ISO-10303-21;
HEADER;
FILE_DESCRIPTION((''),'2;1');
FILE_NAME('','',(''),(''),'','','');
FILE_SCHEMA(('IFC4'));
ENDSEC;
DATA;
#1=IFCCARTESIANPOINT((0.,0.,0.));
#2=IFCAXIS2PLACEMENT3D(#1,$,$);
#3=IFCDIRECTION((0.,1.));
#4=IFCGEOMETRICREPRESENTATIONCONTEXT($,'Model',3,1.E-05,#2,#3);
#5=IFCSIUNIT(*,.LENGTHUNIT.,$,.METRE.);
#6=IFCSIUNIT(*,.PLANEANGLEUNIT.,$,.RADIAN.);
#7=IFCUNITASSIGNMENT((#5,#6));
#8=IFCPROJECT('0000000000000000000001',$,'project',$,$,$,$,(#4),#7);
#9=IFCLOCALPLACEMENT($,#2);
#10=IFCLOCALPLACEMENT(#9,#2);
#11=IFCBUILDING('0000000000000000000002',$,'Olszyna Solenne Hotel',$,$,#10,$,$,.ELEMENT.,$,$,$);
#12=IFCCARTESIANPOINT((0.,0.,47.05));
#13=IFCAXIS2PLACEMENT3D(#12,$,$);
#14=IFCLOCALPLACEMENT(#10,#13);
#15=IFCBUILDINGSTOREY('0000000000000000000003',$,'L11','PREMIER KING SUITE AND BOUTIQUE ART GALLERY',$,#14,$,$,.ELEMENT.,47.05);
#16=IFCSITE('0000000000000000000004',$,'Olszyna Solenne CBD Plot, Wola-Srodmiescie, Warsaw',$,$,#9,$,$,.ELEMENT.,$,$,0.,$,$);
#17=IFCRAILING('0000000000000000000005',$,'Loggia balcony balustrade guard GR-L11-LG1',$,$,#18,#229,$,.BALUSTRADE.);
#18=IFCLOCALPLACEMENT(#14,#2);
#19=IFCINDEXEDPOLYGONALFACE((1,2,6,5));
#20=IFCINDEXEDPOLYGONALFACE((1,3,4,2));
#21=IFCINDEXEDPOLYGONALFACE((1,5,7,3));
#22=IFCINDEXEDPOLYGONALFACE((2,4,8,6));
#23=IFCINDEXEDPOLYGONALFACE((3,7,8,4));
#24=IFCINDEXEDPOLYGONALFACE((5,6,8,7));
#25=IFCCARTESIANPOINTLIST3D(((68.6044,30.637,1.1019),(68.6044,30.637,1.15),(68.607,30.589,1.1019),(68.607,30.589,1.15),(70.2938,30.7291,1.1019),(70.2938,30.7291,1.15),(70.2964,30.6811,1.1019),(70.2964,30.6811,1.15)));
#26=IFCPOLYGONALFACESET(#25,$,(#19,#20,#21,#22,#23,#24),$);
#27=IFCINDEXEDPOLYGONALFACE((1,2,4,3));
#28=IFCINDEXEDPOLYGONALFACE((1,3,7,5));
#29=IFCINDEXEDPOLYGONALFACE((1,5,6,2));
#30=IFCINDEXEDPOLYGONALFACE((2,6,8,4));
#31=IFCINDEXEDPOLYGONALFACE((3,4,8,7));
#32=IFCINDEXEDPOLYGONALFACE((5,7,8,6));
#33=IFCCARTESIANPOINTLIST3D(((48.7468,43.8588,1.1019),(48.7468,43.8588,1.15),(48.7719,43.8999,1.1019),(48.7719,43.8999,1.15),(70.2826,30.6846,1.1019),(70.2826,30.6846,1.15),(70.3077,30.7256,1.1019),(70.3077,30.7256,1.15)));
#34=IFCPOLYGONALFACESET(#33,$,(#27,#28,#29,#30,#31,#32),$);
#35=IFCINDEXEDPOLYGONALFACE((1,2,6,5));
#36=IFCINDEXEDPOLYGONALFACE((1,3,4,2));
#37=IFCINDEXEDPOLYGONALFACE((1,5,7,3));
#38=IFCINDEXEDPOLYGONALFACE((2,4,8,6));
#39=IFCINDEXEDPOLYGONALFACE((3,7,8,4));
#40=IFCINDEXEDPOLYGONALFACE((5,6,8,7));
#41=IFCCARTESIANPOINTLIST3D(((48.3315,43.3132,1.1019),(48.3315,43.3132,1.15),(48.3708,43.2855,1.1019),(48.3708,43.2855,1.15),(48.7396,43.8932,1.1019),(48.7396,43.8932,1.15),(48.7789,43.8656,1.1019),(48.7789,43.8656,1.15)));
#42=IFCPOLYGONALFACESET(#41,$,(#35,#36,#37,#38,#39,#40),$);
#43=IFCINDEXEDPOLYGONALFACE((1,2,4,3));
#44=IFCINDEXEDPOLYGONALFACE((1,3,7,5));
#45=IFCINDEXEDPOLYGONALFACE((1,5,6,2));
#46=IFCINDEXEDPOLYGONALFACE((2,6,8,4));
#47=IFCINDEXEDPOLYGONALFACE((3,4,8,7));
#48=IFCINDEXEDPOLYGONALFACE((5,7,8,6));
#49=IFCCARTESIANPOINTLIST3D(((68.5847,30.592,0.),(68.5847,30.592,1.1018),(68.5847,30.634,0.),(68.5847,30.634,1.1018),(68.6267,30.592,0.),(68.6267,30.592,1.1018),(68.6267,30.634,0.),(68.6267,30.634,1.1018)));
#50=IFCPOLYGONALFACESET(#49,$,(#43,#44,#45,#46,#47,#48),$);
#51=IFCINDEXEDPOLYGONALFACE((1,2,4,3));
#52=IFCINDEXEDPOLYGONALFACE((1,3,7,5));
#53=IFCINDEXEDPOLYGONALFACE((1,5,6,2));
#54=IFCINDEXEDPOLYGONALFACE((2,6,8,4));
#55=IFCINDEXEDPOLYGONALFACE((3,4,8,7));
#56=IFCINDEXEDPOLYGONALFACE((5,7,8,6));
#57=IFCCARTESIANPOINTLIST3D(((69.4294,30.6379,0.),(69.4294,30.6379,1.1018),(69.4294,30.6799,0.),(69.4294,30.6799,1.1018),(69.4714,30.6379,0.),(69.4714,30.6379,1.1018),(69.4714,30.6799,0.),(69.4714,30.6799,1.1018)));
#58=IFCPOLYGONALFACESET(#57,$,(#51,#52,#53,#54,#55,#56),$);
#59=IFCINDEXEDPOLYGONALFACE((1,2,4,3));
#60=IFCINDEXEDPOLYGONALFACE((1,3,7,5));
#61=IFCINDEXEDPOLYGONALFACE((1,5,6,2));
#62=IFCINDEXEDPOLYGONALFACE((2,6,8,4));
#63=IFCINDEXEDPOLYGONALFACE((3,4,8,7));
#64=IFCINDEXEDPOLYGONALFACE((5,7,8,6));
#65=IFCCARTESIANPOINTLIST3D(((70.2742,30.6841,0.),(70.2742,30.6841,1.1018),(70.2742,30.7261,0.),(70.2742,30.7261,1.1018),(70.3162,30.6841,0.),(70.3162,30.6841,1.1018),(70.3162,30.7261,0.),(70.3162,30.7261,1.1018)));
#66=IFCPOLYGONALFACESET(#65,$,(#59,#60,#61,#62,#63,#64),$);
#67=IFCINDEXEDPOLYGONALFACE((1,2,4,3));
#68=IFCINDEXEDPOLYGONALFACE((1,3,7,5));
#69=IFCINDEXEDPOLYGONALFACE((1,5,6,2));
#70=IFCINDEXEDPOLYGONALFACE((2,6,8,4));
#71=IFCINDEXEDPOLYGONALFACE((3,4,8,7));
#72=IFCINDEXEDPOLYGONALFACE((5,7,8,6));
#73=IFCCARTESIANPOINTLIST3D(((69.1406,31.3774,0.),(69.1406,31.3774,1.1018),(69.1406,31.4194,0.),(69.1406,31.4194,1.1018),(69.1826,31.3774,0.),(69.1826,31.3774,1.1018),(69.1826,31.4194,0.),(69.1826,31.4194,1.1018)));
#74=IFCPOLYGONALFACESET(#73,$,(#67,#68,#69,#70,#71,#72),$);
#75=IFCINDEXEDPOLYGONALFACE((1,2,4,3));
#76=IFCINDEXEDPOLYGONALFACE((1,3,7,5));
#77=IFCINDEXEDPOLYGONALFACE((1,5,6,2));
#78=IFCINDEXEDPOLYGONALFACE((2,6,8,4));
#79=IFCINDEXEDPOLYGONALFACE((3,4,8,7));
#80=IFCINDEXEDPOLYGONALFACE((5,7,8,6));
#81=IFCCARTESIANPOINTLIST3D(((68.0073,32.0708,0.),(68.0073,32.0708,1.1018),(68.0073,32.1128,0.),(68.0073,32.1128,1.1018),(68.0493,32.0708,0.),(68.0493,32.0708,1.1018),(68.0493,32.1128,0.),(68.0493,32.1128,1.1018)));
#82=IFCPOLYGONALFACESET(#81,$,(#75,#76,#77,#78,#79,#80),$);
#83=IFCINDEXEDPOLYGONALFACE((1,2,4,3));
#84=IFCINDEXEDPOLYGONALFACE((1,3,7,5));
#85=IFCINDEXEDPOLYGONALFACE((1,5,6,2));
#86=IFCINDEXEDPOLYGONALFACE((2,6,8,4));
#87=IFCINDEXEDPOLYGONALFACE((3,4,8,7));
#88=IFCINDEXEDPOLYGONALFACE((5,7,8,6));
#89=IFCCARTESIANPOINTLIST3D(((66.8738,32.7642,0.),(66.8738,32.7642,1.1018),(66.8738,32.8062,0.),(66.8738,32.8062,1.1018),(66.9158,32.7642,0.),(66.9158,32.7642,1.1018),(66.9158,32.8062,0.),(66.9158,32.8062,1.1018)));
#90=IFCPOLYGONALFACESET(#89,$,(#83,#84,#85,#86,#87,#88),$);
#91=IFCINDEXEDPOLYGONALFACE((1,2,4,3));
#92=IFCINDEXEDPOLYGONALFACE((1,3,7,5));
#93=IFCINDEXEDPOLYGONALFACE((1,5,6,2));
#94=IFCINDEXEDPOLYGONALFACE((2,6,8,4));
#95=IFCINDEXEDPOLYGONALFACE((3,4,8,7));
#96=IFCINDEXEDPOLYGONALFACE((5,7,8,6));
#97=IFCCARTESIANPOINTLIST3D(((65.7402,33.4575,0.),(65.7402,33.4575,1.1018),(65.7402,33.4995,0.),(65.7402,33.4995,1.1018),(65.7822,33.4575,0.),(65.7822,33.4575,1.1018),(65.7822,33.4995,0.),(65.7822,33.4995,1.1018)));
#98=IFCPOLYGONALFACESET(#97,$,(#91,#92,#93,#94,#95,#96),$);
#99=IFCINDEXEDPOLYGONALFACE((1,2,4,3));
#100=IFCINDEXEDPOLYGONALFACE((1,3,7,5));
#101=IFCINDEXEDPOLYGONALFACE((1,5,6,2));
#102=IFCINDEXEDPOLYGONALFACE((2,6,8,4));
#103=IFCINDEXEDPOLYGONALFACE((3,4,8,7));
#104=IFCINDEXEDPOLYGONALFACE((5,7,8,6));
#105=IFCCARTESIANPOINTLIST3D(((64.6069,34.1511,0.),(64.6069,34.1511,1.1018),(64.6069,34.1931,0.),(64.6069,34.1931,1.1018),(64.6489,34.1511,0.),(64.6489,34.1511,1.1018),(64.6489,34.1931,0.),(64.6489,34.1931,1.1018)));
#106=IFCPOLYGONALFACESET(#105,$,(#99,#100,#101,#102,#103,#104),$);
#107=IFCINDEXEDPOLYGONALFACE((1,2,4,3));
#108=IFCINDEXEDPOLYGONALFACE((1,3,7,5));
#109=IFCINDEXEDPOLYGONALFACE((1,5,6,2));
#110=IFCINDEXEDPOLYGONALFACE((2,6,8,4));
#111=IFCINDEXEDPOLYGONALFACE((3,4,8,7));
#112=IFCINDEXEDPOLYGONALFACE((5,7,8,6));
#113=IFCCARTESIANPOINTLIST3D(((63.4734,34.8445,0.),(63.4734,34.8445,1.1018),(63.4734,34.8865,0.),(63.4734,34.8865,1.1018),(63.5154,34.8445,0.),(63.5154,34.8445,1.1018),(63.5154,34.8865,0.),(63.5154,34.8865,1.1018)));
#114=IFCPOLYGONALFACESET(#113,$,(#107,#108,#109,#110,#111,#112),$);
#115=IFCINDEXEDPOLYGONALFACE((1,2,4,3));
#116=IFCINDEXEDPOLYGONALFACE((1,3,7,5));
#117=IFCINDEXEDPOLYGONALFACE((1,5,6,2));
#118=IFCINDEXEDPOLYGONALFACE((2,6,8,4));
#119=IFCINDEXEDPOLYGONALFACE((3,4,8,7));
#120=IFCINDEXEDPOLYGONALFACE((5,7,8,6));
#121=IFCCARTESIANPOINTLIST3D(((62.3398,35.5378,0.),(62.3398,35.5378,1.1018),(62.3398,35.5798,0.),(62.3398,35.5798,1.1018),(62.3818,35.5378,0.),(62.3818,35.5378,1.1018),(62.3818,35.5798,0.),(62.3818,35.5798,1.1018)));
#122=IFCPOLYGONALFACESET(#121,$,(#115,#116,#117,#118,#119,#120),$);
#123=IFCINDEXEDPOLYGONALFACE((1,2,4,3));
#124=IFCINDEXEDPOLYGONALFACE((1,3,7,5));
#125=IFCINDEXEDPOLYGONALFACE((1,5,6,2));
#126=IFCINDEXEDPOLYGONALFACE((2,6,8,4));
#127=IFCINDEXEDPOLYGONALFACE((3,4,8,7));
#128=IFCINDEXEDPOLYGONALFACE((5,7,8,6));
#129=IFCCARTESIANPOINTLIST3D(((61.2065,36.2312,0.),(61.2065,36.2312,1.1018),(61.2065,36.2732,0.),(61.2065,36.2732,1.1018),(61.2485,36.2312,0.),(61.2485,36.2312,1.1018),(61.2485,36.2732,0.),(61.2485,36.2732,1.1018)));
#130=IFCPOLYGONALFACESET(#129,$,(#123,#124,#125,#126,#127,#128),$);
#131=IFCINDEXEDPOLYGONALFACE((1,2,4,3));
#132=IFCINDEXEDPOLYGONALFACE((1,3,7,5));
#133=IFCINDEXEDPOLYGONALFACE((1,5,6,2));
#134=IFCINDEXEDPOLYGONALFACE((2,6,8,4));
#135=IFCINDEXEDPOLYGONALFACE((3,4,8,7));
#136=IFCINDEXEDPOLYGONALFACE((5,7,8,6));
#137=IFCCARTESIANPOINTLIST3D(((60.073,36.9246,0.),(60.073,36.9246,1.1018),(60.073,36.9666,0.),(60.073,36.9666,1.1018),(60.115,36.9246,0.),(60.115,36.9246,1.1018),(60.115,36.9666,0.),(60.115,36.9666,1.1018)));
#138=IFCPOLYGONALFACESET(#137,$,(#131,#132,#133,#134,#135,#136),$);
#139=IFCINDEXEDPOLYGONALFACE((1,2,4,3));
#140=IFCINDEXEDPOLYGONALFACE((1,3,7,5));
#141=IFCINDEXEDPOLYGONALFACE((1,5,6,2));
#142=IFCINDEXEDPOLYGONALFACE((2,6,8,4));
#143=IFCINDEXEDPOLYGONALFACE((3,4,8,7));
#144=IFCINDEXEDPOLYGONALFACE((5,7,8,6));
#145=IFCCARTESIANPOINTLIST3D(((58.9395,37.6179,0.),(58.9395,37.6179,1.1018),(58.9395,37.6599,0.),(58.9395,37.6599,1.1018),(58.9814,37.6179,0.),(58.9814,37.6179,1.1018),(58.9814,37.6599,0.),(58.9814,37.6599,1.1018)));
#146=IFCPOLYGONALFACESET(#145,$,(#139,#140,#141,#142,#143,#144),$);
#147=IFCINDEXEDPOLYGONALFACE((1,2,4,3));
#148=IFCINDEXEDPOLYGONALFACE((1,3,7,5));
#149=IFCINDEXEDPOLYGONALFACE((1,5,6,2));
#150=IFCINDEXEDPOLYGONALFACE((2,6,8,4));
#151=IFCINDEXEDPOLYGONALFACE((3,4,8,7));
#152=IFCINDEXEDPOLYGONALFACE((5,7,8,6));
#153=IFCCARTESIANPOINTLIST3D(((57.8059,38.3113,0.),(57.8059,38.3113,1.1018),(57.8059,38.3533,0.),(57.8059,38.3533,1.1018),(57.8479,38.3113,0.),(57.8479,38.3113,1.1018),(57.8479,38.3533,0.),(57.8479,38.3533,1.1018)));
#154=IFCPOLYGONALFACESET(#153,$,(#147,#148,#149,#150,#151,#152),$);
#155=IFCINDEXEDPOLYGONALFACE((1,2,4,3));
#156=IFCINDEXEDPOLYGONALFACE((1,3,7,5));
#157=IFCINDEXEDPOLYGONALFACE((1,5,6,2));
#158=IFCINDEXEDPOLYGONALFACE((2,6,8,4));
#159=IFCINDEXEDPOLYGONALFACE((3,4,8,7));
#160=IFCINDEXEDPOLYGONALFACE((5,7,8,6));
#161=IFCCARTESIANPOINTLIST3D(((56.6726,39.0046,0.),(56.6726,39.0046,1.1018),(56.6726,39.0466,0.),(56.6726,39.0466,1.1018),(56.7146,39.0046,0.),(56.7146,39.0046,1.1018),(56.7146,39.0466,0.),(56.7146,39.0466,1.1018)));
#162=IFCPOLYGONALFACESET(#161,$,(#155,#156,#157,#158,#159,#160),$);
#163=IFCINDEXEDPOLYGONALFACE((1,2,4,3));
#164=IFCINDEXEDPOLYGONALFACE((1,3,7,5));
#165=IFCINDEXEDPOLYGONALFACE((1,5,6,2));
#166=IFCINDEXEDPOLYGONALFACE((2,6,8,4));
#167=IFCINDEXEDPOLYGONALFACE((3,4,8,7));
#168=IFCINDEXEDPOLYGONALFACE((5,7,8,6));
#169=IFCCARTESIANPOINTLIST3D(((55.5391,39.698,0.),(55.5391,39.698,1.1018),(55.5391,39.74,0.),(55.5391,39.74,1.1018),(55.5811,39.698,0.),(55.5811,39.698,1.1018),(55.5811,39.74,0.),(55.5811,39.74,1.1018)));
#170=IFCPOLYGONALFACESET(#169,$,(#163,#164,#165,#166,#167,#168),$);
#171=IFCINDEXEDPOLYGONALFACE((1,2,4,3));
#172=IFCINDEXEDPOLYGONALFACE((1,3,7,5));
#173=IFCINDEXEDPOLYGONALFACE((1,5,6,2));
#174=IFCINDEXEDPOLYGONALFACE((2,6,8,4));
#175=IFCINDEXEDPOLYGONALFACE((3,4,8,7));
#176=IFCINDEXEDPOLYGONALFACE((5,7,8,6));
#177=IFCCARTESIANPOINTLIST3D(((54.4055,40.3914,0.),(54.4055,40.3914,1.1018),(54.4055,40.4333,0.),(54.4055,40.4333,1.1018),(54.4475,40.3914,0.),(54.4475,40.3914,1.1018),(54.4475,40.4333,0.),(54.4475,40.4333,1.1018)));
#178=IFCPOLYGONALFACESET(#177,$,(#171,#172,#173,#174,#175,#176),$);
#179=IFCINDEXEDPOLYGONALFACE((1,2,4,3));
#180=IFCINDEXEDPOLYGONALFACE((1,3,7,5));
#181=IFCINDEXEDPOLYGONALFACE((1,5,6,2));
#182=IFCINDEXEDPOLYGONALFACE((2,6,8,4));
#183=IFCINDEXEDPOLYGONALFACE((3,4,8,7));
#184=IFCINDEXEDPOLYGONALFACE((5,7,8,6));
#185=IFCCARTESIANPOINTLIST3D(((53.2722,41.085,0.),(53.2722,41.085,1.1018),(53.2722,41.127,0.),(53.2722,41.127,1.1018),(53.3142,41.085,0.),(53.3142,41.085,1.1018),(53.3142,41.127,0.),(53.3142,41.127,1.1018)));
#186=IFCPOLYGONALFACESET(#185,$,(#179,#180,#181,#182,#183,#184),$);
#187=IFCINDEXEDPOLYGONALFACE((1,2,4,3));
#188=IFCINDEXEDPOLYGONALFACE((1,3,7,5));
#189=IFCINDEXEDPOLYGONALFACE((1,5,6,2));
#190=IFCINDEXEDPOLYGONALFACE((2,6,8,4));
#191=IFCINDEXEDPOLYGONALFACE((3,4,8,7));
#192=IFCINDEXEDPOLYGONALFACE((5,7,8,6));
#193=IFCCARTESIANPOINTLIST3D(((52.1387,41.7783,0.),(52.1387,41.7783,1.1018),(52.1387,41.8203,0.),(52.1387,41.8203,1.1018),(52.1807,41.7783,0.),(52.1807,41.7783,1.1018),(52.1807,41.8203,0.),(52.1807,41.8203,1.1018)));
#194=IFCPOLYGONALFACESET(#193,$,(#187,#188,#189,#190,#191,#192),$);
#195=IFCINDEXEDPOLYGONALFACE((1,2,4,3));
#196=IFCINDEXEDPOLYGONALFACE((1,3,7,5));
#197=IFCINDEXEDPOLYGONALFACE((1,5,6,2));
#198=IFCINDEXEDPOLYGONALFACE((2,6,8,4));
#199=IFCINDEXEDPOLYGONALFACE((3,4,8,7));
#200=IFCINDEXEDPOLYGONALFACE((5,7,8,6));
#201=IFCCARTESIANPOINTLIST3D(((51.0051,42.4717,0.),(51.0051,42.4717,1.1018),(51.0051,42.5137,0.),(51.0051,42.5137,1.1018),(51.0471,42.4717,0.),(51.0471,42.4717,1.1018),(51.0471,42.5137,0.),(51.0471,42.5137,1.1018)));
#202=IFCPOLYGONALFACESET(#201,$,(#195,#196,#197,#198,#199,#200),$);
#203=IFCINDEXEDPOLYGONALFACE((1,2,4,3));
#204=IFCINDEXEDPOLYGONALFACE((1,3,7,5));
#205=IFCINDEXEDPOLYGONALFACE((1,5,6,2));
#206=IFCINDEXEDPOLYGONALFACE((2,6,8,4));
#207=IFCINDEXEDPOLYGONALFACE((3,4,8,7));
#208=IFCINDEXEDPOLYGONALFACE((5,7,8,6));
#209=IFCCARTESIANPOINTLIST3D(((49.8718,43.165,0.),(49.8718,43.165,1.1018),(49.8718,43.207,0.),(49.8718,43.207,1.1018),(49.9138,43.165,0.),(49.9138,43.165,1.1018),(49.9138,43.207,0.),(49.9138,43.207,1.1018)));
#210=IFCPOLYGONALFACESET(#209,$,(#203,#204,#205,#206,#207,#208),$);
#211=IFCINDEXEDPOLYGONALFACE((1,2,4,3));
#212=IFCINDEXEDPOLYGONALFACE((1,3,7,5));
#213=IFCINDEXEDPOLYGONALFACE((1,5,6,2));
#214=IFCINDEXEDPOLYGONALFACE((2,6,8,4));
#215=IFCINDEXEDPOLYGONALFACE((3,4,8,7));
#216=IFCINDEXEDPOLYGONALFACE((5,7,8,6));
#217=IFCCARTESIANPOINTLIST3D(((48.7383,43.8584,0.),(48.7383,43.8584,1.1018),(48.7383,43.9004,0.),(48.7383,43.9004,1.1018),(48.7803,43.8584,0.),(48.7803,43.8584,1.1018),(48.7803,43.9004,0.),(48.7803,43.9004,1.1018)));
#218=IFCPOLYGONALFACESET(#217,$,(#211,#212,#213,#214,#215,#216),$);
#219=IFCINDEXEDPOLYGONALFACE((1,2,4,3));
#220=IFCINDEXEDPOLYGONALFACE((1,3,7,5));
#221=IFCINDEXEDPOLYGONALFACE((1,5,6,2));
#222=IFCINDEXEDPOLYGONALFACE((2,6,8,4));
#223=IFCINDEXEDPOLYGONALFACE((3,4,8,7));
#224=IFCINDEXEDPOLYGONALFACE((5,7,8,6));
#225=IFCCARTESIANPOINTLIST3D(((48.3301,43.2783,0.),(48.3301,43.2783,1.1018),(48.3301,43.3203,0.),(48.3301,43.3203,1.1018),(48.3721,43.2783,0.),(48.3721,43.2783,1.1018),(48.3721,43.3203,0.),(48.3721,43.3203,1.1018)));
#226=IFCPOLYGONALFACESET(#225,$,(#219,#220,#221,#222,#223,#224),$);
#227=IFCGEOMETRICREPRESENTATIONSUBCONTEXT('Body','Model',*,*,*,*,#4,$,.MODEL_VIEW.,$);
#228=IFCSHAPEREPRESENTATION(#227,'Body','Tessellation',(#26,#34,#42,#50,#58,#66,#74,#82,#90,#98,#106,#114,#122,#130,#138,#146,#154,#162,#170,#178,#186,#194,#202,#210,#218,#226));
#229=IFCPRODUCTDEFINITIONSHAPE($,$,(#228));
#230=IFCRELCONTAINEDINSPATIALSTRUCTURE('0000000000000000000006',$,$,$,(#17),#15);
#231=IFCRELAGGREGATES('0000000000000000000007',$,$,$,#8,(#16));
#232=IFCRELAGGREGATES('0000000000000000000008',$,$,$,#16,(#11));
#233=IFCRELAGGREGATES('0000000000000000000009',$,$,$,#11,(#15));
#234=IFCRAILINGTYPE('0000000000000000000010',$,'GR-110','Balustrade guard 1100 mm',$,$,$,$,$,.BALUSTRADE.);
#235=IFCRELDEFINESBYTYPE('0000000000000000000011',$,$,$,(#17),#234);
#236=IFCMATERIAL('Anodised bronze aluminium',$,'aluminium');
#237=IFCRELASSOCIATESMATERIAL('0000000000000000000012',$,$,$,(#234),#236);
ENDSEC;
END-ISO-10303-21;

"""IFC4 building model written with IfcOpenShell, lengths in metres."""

from ifc_helpers import new_model, si_unit, direction, frame, origin, origin_2d, place, context, subcontext, project, spatial, rectangle, extrude, material, type_object, element, save


model = new_model("IFC4")

# Units and contexts
model_context = context("Model", 3, precision=1e-05, world=origin(), true_north=direction((0.0, 1.0)))
body_context = subcontext(model_context, "Body", "Model", "MODEL_VIEW")
ifc_project = project(units=[si_unit("LENGTHUNIT", "METRE"), si_unit("PLANEANGLEUNIT", "RADIAN")], contexts=[model_context])

# Site, building, storey
site_placement = place(None, origin())
site = spatial("IfcSite", under=ifc_project, at=site_placement, Name="Olszyna Solenne CBD Plot, Wola-Srodmiescie, Warsaw", CompositionType="ELEMENT", RefElevation=0.0)
building_placement = place(site_placement, origin())
building = spatial("IfcBuilding", under=site, at=building_placement, Name="Olszyna Solenne Hotel", CompositionType="ELEMENT")
storey_placement = place(building_placement, frame((0.0, 0.0, 47.05)))
storey = spatial("IfcBuildingStorey", under=building, at=storey_placement, Name="L11", Description="PREMIER KING SUITE AND BOUTIQUE ART GALLERY", CompositionType="ELEMENT", Elevation=47.05)

# Shared definitions
ifc_material_1 = material(Name="Anodised bronze aluminium", Category="aluminium")

# Railing
railing_type = type_object("IfcRailingType", Name="GR-110", Description="Balustrade guard 1100 mm", PredefinedType="BALUSTRADE", material=ifc_material_1)
railing_placement = place(storey_placement, frame((68.6057, 30.613, 0.0)))
element("IfcRailing", 1, at=railing_placement, inside=storey, type_object=railing_type, Name="Loggia balcony balustrade guard GR-L11-LG1", PredefinedType="BALUSTRADE", context=body_context, shape_type="SweptSolid", body=[
    extrude(rectangle(XDim=0.0481, YDim=0.0481, at=origin_2d()), frame((0.0, 0.0, 1.126), z_axis=(0.998519, 0.054399, 0.0), x_axis=(-0.054399, 0.998519, 0.0)), (0.0, 0.0, 1.0), 1.6919),
    extrude(rectangle(XDim=0.0481, YDim=0.0481, at=origin_2d()), frame((1.6895, 0.092, 1.126), z_axis=(-0.853044, 0.521839, 0.0), x_axis=(-0.521839, -0.853044, 0.0)), (0.0, 0.0, 1.0), 25.2458),
    extrude(rectangle(XDim=0.0481, YDim=0.0481, at=origin_2d()), frame((-19.8464, 13.2664, 1.126), z_axis=(-0.575493, -0.817806, 0.0), x_axis=(0.817806, -0.575493, 0.0)), (0.0, 0.0, 1.0), 0.7092),
    extrude(rectangle(XDim=0.042, YDim=0.042, at=origin_2d()), origin(), (0.0, 0.0, 1.0), 1.1018),
    extrude(rectangle(XDim=0.042, YDim=0.042, at=origin_2d()), frame((0.8447, 0.0459, 0.0)), (0.0, 0.0, 1.0), 1.1018),
    extrude(rectangle(XDim=0.042, YDim=0.042, at=origin_2d()), frame((1.6895, 0.092, 0.0)), (0.0, 0.0, 1.0), 1.1018),
    extrude(rectangle(XDim=0.042, YDim=0.042, at=origin_2d()), frame((0.5559, 0.7854, 0.0)), (0.0, 0.0, 1.0), 1.1018),
    extrude(rectangle(XDim=0.042, YDim=0.042, at=origin_2d()), frame((-0.5774, 1.4788, 0.0)), (0.0, 0.0, 1.0), 1.1018),
    extrude(rectangle(XDim=0.042, YDim=0.042, at=origin_2d()), frame((-1.7109, 2.1721, 0.0)), (0.0, 0.0, 1.0), 1.1018),
    extrude(rectangle(XDim=0.042, YDim=0.042, at=origin_2d()), frame((-2.8445, 2.8655, 0.0)), (0.0, 0.0, 1.0), 1.1018),
    extrude(rectangle(XDim=0.042, YDim=0.042, at=origin_2d()), frame((-3.9778, 3.5591, 0.0)), (0.0, 0.0, 1.0), 1.1018),
    extrude(rectangle(XDim=0.042, YDim=0.042, at=origin_2d()), frame((-5.1113, 4.2524, 0.0)), (0.0, 0.0, 1.0), 1.1018),
    extrude(rectangle(XDim=0.042, YDim=0.042, at=origin_2d()), frame((-6.2449, 4.9458, 0.0)), (0.0, 0.0, 1.0), 1.1018),
    extrude(rectangle(XDim=0.042, YDim=0.042, at=origin_2d()), frame((-7.3782, 5.6392, 0.0)), (0.0, 0.0, 1.0), 1.1018),
    extrude(rectangle(XDim=0.042, YDim=0.042, at=origin_2d()), frame((-8.5117, 6.3325, 0.0)), (0.0, 0.0, 1.0), 1.1018),
    extrude(rectangle(XDim=0.042, YDim=0.042, at=origin_2d()), frame((-9.6453, 7.0259, 0.0)), (0.0, 0.0, 1.0), 1.1018),
    extrude(rectangle(XDim=0.042, YDim=0.042, at=origin_2d()), frame((-10.7788, 7.7192, 0.0)), (0.0, 0.0, 1.0), 1.1018),
    extrude(rectangle(XDim=0.042, YDim=0.042, at=origin_2d()), frame((-11.9121, 8.4126, 0.0)), (0.0, 0.0, 1.0), 1.1018),
    extrude(rectangle(XDim=0.042, YDim=0.042, at=origin_2d()), frame((-13.0457, 9.106, 0.0)), (0.0, 0.0, 1.0), 1.1018),
    extrude(rectangle(XDim=0.042, YDim=0.042, at=origin_2d()), frame((-14.1792, 9.7993, 0.0)), (0.0, 0.0, 1.0), 1.1018),
    extrude(rectangle(XDim=0.042, YDim=0.042, at=origin_2d()), frame((-15.3125, 10.4929, 0.0)), (0.0, 0.0, 1.0), 1.1018),
    extrude(rectangle(XDim=0.042, YDim=0.042, at=origin_2d()), frame((-16.446, 11.1863, 0.0)), (0.0, 0.0, 1.0), 1.1018),
    extrude(rectangle(XDim=0.042, YDim=0.042, at=origin_2d()), frame((-17.5796, 11.8796, 0.0)), (0.0, 0.0, 1.0), 1.1018),
    extrude(rectangle(XDim=0.042, YDim=0.042, at=origin_2d()), frame((-18.7129, 12.573, 0.0)), (0.0, 0.0, 1.0), 1.1018),
    extrude(rectangle(XDim=0.042, YDim=0.042, at=origin_2d()), frame((-19.8464, 13.2664, 0.0)), (0.0, 0.0, 1.0), 1.1018),
    extrude(rectangle(XDim=0.042, YDim=0.042, at=origin_2d()), frame((-20.2546, 12.6863, 0.0)), (0.0, 0.0, 1.0), 1.1018),
])

save(model, "model.ifc")
